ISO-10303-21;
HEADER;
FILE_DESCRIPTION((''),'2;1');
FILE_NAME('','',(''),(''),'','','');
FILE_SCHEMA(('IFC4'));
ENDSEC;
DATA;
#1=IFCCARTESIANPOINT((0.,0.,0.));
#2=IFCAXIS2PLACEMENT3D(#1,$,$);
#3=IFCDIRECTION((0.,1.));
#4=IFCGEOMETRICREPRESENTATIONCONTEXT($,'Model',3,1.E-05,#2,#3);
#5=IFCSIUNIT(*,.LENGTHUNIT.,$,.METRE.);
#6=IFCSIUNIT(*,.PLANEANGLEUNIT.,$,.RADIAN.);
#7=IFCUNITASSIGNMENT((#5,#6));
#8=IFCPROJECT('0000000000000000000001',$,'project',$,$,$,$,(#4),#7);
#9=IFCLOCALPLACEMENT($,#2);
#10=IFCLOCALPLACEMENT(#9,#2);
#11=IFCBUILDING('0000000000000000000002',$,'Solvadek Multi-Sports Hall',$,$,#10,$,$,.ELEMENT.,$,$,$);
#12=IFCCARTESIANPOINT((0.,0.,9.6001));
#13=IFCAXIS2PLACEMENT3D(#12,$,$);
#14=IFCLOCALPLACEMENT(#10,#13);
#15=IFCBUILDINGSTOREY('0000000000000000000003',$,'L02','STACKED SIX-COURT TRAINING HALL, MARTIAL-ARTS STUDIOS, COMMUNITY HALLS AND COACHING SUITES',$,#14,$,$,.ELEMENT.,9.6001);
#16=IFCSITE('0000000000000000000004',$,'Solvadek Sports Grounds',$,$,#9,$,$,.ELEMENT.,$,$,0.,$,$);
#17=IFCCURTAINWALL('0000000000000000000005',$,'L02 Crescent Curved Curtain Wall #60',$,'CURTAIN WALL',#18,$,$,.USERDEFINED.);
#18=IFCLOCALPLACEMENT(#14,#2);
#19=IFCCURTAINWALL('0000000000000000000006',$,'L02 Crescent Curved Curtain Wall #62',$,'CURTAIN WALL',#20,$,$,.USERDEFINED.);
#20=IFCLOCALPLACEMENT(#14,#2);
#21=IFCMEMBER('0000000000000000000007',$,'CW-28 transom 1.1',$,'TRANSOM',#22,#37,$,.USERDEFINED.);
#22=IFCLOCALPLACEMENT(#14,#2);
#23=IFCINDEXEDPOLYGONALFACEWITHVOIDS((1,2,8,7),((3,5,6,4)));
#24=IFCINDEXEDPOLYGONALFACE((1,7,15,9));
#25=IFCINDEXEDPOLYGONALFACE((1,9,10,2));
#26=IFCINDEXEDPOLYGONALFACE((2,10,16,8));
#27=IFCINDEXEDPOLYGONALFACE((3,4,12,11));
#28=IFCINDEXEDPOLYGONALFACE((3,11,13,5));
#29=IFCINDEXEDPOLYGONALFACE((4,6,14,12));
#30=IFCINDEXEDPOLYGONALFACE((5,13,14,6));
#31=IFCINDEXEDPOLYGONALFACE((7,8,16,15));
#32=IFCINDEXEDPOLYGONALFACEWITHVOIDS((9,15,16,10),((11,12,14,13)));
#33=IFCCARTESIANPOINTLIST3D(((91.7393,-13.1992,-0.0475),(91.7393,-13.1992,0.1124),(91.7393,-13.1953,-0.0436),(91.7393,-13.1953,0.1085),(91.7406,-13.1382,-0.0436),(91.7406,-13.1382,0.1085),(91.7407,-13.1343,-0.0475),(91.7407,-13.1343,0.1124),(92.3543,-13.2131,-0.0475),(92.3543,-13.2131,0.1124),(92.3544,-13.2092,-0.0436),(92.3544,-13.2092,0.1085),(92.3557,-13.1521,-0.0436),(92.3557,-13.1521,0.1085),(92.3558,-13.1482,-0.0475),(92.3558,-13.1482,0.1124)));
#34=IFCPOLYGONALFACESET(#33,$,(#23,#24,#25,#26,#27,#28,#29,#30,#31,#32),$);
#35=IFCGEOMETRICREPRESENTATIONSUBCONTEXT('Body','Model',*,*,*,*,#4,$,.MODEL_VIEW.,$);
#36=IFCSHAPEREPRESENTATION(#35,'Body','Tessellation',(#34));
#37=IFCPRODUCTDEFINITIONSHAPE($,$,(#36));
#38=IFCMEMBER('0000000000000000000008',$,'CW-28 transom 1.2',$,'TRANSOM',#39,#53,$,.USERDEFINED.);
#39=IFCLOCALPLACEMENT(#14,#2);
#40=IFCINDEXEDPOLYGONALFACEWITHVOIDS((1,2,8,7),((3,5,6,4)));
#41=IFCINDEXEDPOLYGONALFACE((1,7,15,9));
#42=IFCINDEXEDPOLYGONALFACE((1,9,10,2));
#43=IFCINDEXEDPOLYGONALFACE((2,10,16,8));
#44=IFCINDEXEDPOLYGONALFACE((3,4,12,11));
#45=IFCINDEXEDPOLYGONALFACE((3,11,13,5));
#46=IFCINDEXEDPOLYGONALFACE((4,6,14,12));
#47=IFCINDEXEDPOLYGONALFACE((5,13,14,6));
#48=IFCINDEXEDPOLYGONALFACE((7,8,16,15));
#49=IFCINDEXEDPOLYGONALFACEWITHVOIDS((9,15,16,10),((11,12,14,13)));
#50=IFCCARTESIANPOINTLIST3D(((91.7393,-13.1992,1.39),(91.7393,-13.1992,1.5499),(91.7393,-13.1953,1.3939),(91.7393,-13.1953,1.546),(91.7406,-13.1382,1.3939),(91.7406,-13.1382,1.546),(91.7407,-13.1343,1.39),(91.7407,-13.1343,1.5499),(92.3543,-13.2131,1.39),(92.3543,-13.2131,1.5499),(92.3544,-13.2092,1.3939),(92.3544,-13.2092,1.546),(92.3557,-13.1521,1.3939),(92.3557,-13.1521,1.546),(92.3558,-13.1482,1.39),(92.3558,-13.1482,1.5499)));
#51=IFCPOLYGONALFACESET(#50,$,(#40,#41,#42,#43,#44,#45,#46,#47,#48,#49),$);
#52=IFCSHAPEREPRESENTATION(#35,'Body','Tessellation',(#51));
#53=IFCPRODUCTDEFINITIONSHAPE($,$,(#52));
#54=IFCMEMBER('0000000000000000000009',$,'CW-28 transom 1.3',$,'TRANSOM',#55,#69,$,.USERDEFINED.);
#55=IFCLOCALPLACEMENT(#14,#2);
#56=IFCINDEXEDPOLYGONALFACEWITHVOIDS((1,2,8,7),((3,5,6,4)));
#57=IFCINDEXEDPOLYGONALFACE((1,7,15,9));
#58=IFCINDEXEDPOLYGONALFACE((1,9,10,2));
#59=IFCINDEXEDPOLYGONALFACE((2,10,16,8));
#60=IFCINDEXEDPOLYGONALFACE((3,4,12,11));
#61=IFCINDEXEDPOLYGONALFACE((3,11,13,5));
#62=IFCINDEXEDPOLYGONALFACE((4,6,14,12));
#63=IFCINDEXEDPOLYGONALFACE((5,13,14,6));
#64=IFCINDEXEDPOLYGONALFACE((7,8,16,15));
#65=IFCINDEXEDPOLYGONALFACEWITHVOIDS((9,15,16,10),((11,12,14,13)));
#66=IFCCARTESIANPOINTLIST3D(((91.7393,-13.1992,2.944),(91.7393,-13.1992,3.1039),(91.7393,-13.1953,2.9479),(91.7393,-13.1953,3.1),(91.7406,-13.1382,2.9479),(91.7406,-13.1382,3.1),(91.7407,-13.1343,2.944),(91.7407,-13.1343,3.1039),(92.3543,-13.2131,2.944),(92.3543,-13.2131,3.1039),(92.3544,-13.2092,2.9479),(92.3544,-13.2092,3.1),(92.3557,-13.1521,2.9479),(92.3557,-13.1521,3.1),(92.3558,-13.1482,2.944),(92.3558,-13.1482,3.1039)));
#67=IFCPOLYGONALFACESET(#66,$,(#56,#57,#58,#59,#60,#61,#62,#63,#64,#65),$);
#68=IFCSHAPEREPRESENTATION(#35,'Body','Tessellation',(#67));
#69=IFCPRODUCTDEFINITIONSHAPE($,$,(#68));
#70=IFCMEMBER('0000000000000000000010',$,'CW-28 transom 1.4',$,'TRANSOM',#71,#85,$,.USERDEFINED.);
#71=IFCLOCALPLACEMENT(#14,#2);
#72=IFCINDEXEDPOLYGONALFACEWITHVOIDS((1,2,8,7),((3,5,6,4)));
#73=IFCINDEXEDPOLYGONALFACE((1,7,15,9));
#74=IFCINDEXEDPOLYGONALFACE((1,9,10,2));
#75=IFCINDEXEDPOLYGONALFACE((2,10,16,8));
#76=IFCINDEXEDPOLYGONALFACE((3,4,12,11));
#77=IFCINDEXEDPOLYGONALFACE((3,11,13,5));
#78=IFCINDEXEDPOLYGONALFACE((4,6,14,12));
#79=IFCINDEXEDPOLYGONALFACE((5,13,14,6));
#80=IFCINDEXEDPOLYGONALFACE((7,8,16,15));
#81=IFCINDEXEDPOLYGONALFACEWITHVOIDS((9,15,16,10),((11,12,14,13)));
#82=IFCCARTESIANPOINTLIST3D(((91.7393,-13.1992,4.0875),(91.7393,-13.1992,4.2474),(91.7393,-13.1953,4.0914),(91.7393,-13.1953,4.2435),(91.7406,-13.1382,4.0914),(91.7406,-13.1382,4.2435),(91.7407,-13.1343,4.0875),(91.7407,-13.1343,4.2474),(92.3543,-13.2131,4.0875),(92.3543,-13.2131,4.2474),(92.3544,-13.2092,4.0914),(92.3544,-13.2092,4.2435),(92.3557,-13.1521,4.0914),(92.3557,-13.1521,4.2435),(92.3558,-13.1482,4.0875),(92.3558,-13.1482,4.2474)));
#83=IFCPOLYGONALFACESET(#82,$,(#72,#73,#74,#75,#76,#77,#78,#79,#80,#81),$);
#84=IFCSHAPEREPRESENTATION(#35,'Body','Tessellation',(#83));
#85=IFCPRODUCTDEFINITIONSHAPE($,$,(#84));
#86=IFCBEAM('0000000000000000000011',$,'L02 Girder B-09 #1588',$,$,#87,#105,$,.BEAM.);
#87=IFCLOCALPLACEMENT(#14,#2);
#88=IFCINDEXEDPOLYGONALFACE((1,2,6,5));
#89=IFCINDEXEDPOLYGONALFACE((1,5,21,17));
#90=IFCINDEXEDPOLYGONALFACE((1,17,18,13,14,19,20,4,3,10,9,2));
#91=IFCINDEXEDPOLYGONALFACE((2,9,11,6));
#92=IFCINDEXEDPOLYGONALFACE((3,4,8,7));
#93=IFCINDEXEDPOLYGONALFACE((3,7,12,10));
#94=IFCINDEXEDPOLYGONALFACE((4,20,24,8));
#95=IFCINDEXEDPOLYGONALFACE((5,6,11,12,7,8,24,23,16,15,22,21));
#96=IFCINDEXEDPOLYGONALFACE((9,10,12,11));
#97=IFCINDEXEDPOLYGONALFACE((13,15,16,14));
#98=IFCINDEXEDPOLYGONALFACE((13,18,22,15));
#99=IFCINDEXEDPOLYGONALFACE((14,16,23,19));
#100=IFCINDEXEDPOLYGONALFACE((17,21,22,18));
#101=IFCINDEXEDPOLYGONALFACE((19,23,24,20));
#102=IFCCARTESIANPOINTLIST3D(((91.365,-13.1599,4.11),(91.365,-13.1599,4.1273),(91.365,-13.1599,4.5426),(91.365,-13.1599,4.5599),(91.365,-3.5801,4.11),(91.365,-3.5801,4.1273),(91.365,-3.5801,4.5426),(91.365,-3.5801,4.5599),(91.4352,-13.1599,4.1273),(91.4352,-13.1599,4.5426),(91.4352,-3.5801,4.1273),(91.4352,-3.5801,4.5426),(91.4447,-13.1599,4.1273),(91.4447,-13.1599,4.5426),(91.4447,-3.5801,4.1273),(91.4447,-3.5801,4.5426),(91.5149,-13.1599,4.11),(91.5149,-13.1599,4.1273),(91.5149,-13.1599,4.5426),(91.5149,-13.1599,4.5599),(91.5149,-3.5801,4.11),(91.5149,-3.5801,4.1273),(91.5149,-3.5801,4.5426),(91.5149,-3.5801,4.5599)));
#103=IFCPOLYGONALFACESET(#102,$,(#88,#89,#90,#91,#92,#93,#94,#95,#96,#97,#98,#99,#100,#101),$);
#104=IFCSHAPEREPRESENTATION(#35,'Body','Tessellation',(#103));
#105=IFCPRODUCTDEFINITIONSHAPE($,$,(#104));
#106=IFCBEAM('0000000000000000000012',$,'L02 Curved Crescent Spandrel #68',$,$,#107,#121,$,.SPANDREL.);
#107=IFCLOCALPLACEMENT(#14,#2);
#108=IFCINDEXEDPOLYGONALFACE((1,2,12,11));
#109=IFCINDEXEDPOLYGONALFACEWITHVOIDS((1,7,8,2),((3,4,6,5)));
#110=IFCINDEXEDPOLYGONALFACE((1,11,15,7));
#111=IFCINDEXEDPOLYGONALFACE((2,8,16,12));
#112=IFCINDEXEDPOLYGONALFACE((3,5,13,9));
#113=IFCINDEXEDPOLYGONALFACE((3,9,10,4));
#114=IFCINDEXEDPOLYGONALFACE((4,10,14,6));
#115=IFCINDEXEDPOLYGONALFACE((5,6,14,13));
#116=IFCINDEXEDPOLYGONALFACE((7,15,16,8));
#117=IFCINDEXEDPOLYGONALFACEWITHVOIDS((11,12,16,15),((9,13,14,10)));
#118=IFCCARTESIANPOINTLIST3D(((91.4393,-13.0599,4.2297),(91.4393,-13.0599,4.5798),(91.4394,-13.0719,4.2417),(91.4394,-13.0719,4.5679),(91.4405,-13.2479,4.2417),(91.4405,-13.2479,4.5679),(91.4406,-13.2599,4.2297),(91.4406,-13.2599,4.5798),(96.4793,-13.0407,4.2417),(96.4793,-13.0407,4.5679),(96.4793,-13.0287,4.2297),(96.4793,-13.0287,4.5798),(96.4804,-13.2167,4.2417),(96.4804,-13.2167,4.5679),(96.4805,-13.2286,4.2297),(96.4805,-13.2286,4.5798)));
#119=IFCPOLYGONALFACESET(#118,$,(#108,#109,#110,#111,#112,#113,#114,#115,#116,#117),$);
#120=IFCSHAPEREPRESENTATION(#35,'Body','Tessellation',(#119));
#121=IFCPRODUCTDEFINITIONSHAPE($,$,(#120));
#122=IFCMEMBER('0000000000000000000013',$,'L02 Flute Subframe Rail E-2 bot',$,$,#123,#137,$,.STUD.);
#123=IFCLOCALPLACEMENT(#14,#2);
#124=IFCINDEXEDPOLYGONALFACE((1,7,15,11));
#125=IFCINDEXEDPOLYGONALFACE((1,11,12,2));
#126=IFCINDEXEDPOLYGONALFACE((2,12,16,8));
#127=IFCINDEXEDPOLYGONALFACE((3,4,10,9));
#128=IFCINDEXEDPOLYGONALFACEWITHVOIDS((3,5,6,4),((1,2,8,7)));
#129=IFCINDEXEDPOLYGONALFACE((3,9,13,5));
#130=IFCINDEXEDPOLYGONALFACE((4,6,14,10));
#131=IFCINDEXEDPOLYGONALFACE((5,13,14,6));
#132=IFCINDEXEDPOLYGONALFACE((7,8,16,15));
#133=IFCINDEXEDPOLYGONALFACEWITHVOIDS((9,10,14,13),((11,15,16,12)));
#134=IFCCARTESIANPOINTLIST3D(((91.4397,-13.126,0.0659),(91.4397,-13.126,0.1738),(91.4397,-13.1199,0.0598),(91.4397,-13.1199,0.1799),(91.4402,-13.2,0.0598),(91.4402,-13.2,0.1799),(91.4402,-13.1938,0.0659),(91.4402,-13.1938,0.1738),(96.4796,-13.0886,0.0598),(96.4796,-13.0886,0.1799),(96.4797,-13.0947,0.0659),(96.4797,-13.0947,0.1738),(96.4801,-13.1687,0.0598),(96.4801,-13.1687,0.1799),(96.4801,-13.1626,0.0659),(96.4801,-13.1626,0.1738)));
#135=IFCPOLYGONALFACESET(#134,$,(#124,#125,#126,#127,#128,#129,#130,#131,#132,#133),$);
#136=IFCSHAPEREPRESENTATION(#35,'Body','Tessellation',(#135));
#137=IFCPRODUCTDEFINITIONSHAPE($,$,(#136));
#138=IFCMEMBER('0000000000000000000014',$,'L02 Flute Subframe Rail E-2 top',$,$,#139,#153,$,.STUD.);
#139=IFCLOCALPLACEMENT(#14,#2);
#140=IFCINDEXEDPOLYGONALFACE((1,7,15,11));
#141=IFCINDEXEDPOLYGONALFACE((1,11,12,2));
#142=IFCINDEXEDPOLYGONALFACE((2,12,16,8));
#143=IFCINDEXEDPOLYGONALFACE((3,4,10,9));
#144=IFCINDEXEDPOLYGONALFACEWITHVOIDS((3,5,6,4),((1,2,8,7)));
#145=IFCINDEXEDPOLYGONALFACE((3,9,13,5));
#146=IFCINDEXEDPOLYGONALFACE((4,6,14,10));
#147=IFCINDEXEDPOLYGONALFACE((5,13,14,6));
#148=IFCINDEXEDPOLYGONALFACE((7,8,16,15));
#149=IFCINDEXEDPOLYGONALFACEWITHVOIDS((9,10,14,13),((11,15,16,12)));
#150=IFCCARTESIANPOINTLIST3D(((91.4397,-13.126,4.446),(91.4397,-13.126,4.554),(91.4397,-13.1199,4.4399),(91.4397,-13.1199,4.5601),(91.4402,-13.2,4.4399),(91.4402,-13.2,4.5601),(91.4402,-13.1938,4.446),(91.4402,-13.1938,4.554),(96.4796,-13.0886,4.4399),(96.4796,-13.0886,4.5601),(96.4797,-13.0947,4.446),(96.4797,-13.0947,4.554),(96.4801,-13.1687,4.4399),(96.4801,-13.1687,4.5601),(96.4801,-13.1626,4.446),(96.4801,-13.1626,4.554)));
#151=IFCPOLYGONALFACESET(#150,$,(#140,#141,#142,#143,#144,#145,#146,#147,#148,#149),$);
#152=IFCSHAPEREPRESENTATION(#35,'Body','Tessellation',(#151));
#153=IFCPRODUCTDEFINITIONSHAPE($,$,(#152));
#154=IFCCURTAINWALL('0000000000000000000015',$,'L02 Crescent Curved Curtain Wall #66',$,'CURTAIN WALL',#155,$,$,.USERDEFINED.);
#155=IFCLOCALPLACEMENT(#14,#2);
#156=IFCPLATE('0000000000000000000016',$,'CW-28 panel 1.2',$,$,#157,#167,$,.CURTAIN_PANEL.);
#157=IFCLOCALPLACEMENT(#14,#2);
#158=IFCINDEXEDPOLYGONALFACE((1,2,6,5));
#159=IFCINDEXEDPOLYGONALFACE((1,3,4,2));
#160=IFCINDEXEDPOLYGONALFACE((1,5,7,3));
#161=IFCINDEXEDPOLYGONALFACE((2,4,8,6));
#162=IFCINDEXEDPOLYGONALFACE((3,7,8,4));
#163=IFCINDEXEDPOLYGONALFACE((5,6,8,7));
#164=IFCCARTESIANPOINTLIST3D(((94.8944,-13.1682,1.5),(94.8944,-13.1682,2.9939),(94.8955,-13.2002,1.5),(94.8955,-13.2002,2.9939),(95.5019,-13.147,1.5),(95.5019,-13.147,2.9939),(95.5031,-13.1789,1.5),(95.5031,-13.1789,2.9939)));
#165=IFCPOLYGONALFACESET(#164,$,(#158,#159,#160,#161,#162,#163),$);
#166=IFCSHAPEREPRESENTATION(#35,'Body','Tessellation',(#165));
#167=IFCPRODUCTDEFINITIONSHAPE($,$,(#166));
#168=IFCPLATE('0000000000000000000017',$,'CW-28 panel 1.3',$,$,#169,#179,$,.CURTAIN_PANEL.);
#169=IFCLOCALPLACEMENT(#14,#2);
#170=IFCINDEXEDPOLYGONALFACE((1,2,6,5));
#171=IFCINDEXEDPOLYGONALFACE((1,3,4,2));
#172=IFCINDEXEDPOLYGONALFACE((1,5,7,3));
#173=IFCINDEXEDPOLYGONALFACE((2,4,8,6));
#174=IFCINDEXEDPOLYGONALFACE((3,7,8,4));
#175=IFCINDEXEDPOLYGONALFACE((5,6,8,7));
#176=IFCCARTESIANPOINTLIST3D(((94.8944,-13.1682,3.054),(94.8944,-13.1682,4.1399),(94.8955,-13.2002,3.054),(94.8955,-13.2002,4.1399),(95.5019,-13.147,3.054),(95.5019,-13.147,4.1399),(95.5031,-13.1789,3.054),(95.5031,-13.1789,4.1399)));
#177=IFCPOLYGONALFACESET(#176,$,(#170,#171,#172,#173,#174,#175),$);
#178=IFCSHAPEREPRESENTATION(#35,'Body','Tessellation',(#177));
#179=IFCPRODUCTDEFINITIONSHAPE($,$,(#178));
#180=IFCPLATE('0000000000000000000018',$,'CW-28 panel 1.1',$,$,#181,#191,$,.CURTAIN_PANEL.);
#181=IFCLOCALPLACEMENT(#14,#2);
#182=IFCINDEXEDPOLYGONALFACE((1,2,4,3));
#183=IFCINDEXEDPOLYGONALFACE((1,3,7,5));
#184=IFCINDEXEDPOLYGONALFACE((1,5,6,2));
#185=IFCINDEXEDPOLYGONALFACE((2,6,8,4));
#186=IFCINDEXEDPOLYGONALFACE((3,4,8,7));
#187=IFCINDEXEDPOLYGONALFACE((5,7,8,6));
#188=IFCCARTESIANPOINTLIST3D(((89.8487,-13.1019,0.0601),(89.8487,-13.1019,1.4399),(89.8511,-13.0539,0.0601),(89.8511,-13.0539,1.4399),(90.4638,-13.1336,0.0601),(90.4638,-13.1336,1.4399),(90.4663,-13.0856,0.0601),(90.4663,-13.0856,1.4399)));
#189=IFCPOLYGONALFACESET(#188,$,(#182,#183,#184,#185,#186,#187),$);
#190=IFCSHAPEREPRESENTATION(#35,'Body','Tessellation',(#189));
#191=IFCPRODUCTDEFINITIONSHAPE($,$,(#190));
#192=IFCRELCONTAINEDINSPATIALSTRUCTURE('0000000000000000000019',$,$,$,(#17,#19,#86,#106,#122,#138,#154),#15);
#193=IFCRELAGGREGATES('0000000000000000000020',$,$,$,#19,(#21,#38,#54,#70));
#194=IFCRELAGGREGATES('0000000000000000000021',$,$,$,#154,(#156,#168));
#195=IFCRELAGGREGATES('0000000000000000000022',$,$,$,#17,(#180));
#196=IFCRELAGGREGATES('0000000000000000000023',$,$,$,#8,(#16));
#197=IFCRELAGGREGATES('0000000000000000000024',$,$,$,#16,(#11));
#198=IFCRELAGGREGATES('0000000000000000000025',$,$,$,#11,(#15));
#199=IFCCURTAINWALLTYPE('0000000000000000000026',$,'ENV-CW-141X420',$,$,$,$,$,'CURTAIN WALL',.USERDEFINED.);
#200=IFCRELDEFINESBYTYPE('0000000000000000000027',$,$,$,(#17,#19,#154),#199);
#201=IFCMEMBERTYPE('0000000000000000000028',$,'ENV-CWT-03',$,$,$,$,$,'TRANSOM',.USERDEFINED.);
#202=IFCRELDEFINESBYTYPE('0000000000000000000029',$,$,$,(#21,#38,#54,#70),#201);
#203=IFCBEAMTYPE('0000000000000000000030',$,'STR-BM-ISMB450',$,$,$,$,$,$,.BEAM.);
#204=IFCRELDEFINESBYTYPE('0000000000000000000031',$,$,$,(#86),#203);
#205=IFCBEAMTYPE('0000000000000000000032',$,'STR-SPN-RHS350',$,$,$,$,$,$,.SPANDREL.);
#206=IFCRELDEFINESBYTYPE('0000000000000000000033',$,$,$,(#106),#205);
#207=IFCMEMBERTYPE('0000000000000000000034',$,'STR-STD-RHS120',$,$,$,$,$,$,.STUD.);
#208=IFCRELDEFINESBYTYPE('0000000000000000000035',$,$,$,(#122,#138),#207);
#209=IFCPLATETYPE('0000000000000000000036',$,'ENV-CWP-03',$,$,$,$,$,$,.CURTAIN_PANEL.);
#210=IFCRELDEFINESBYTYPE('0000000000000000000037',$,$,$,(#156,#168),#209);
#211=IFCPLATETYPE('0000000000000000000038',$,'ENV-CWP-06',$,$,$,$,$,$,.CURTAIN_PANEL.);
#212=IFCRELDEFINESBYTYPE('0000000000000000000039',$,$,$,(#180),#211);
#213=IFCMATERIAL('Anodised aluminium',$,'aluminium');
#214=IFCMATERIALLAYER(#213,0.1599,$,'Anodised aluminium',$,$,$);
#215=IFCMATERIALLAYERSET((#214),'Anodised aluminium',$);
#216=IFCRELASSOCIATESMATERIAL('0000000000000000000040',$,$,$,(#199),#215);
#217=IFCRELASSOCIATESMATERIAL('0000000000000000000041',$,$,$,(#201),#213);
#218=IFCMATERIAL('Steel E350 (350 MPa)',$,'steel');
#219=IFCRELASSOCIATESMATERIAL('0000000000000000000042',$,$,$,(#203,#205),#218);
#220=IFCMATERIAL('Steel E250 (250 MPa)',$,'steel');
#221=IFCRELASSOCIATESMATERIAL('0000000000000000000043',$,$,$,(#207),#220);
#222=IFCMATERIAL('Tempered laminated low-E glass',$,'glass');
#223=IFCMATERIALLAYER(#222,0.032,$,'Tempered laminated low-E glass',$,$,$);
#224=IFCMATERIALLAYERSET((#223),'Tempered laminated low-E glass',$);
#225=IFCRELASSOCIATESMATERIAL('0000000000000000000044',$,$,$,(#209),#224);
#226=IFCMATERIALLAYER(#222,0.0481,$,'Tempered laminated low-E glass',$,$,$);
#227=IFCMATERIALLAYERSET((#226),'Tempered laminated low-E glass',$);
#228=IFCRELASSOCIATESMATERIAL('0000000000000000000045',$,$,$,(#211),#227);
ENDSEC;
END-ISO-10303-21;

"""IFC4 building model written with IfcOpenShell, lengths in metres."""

from ifc_helpers import new_model, si_unit, direction, frame, origin, origin_2d, place, context, subcontext, project, spatial, rectangle, hollow_rectangle, i_section, extrude, material, layer, layer_set, material_profile, profile_set, type_object, element, aggregate, save


model = new_model("IFC4")

# Units and contexts
model_context = context("Model", 3, precision=1e-05, world=origin(), true_north=direction((0.0, 1.0)))
body_context = subcontext(model_context, "Body", "Model", "MODEL_VIEW")
ifc_project = project(units=[si_unit("LENGTHUNIT", "METRE"), si_unit("PLANEANGLEUNIT", "RADIAN")], contexts=[model_context])

# Site, building, storey
site_placement = place(None, origin())
site = spatial("IfcSite", under=ifc_project, at=site_placement, Name="Solvadek Sports Grounds", CompositionType="ELEMENT", RefElevation=0.0)
building_placement = place(site_placement, origin())
building = spatial("IfcBuilding", under=site, at=building_placement, Name="Solvadek Multi-Sports Hall", CompositionType="ELEMENT")
storey_placement = place(building_placement, frame((0.0, 0.0, 9.6001)))
storey = spatial("IfcBuildingStorey", under=building, at=storey_placement, Name="L02", Description="STACKED SIX-COURT TRAINING HALL, MARTIAL-ARTS STUDIOS, COMMUNITY HALLS AND COACHING SUITES", CompositionType="ELEMENT", Elevation=9.6001)

# Shared definitions
ifc_material_1 = material(Name="Steel E350 (350 MPa)", Category="steel")

# Curtain wall
ifc_material_2 = material(Name="Anodised aluminium", Category="aluminium")
ifc_layer_1 = layer(ifc_material_2, 0.1599, Name="Anodised aluminium")
ifc_layer_set_1 = layer_set([ifc_layer_1], Name="Anodised aluminium")
curtain_wall_type = type_object("IfcCurtainWallType", Name="ENV-CW-141X420", ElementType="CURTAIN WALL", PredefinedType="USERDEFINED", material=ifc_layer_set_1)
curtain_wall_1_placement = place(storey_placement, origin())
curtain_wall_1 = element("IfcCurtainWall", 1, at=curtain_wall_1_placement, inside=storey, type_object=curtain_wall_type, Name="L02 Crescent Curved Curtain Wall #60", ObjectType="CURTAIN WALL", PredefinedType="USERDEFINED")

# Curtain wall
curtain_wall_2_placement = place(storey_placement, origin())
curtain_wall_2 = element("IfcCurtainWall", 2, at=curtain_wall_2_placement, inside=storey, type_object=curtain_wall_type, Name="L02 Crescent Curved Curtain Wall #62", ObjectType="CURTAIN WALL", PredefinedType="USERDEFINED")

# Members
ifc_material_profile_1 = material_profile(ifc_material_2, hollow_rectangle(XDim=0.0649, YDim=0.1599, WallThickness=0.0039, at=origin_2d()), Name="ALU-T 160x65x4")
ifc_profile_set_1 = profile_set([ifc_material_profile_1], Name="Anodised aluminium")
member_type_1 = type_object("IfcMemberType", Name="ENV-CWT-03", ElementType="TRANSOM", PredefinedType="USERDEFINED", material=ifc_profile_set_1)
member_1_placement = place(storey_placement, frame((91.74, -13.1667, 0.0325), z_axis=(0.999744, -0.022622, 0.0), x_axis=(0.022622, 0.999744, 0.0)))
member_1 = element("IfcMember", 3, at=member_1_placement, type_object=member_type_1, Name="CW-28 transom 1.1", ObjectType="TRANSOM", PredefinedType="USERDEFINED", context=body_context, shape_type="SweptSolid", body=[
    extrude(hollow_rectangle(XDim=0.0649, YDim=0.1599, WallThickness=0.0039, at=origin_2d()), origin(), (0.0, 0.0, 1.0), 0.6152),
])
member_2_placement = place(storey_placement, frame((91.74, -13.1667, 1.47), z_axis=(0.999744, -0.022622, 0.0), x_axis=(0.022622, 0.999744, 0.0)))
member_2 = element("IfcMember", 4, at=member_2_placement, type_object=member_type_1, Name="CW-28 transom 1.2", ObjectType="TRANSOM", PredefinedType="USERDEFINED", context=body_context, shape_type="SweptSolid", body=[
    extrude(hollow_rectangle(XDim=0.0649, YDim=0.1599, WallThickness=0.0039, at=origin_2d()), origin(), (0.0, 0.0, 1.0), 0.6152),
])
member_3_placement = place(storey_placement, frame((91.74, -13.1667, 3.0239), z_axis=(0.999744, -0.022622, 0.0), x_axis=(0.022622, 0.999744, 0.0)))
member_3 = element("IfcMember", 5, at=member_3_placement, type_object=member_type_1, Name="CW-28 transom 1.3", ObjectType="TRANSOM", PredefinedType="USERDEFINED", context=body_context, shape_type="SweptSolid", body=[
    extrude(hollow_rectangle(XDim=0.0649, YDim=0.1599, WallThickness=0.0039, at=origin_2d()), origin(), (0.0, 0.0, 1.0), 0.6152),
])
member_4_placement = place(storey_placement, frame((91.74, -13.1667, 4.1675), z_axis=(0.999744, -0.022622, 0.0), x_axis=(0.022622, 0.999744, 0.0)))
member_4 = element("IfcMember", 6, at=member_4_placement, type_object=member_type_1, Name="CW-28 transom 1.4", ObjectType="TRANSOM", PredefinedType="USERDEFINED", context=body_context, shape_type="SweptSolid", body=[
    extrude(hollow_rectangle(XDim=0.0649, YDim=0.1599, WallThickness=0.0039, at=origin_2d()), origin(), (0.0, 0.0, 1.0), 0.6152),
])
aggregate(curtain_wall_2, [member_1, member_2, member_3, member_4])

# Beams
ifc_material_profile_2 = material_profile(ifc_material_1, i_section(OverallWidth=0.1499, OverallDepth=0.45, WebThickness=0.0095, FlangeThickness=0.0173, at=origin_2d()), Name="ISMB 450")
ifc_profile_set_2 = profile_set([ifc_material_profile_2], Name="Steel E350 (350 MPa)")
beam_type_1 = type_object("IfcBeamType", Name="STR-BM-ISMB450", PredefinedType="BEAM", material=ifc_profile_set_2)
beam_1_placement = place(storey_placement, frame((91.4399, -13.1599, 4.335), z_axis=(0.0, 1.0, 0.0), x_axis=(-1.0, 0.0, 0.0)))
element("IfcBeam", 7, at=beam_1_placement, inside=storey, type_object=beam_type_1, Name="L02 Girder B-09 #1588", PredefinedType="BEAM", context=body_context, shape_type="SweptSolid", body=[
    extrude(i_section(OverallWidth=0.1499, OverallDepth=0.45, WebThickness=0.0095, FlangeThickness=0.0173, at=origin_2d()), origin(), (0.0, 0.0, 1.0), 9.5798),
])
ifc_material_profile_3 = material_profile(ifc_material_1, hollow_rectangle(XDim=0.2, YDim=0.3501, WallThickness=0.012, at=origin_2d()), Name="RHS 350x200x12")
ifc_profile_set_3 = profile_set([ifc_material_profile_3], Name="Steel E350 (350 MPa)")
beam_type_2 = type_object("IfcBeamType", Name="STR-SPN-RHS350", PredefinedType="SPANDREL", material=ifc_profile_set_3)
beam_2_placement = place(storey_placement, frame((91.4399, -13.1599, 4.4048), z_axis=(0.999981, 0.0062, 0.0), x_axis=(-0.0062, 0.999981, 0.0)))
element("IfcBeam", 8, at=beam_2_placement, inside=storey, type_object=beam_type_2, Name="L02 Curved Crescent Spandrel #68", PredefinedType="SPANDREL", context=body_context, shape_type="SweptSolid", body=[
    extrude(hollow_rectangle(XDim=0.2, YDim=0.3501, WallThickness=0.012, at=origin_2d()), origin(), (0.0, 0.0, 1.0), 5.04),
])

# Members
ifc_material_3 = material(Name="Steel E250 (250 MPa)", Category="steel")
ifc_material_profile_4 = material_profile(ifc_material_3, hollow_rectangle(XDim=0.0801, YDim=0.1201, WallThickness=0.0061, at=origin_2d()), Name="RHS 120x80x6")
ifc_profile_set_4 = profile_set([ifc_material_profile_4], Name="Steel E250 (250 MPa)")
member_type_2 = type_object("IfcMemberType", Name="STR-STD-RHS120", PredefinedType="STUD", material=ifc_profile_set_4)
for number, where, z_axis, x_axis, name in (
    (9, (91.4399, -13.1599, 0.1199), (0.999981, 0.0062, 0.0), (-0.0062, 0.999981, 0.0), "L02 Flute Subframe Rail E-2 bot"),
    (10, (91.4399, -13.1599, 4.5), (0.999981, 0.0062, 0.0), (-0.0062, 0.999981, 0.0), "L02 Flute Subframe Rail E-2 top"),
):
    element("IfcMember", number, at=place(storey_placement, frame(where, z_axis=z_axis, x_axis=x_axis)), inside=storey, type_object=member_type_2, Name=name, PredefinedType="STUD", context=body_context, shape_type="SweptSolid", body=[
        extrude(hollow_rectangle(XDim=0.0801, YDim=0.1201, WallThickness=0.0061, at=origin_2d()), origin(), (0.0, 0.0, 1.0), 5.04),
    ])

# Curtain wall, plates
curtain_wall_3_placement = place(storey_placement, origin())
curtain_wall_3 = element("IfcCurtainWall", 11, at=curtain_wall_3_placement, inside=storey, type_object=curtain_wall_type, Name="L02 Crescent Curved Curtain Wall #66", ObjectType="CURTAIN WALL", PredefinedType="USERDEFINED")
ifc_material_4 = material(Name="Tempered laminated low-E glass", Category="glass")
ifc_layer_2 = layer(ifc_material_4, 0.032, Name="Tempered laminated low-E glass")
ifc_layer_set_2 = layer_set([ifc_layer_2], Name="Tempered laminated low-E glass")
plate_type_1 = type_object("IfcPlateType", Name="ENV-CWP-03", PredefinedType="CURTAIN_PANEL", material=ifc_layer_set_2)
plate_1_placement = place(storey_placement, frame((95.1987, -13.1736, 1.5), z_axis=(0.0, 0.0, 1.0), x_axis=(0.999387, 0.035011, 0.0)))
plate_1 = element("IfcPlate", 12, at=plate_1_placement, type_object=plate_type_1, Name="CW-28 panel 1.2", PredefinedType="CURTAIN_PANEL", context=body_context, shape_type="SweptSolid", body=[
    extrude(rectangle(XDim=0.6079, YDim=0.032, at=origin_2d()), origin(), (0.0, 0.0, 1.0), 1.4939),
])
plate_2_placement = place(storey_placement, frame((95.1987, -13.1736, 3.054), z_axis=(0.0, 0.0, 1.0), x_axis=(0.999387, 0.035011, 0.0)))
plate_2 = element("IfcPlate", 13, at=plate_2_placement, type_object=plate_type_1, Name="CW-28 panel 1.3", PredefinedType="CURTAIN_PANEL", context=body_context, shape_type="SweptSolid", body=[
    extrude(rectangle(XDim=0.6079, YDim=0.032, at=origin_2d()), origin(), (0.0, 0.0, 1.0), 1.0859),
])
aggregate(curtain_wall_3, [plate_1, plate_2])

# Plate
ifc_layer_3 = layer(ifc_material_4, 0.0481, Name="Tempered laminated low-E glass")
ifc_layer_set_3 = layer_set([ifc_layer_3], Name="Tempered laminated low-E glass")
plate_type_2 = type_object("IfcPlateType", Name="ENV-CWP-06", PredefinedType="CURTAIN_PANEL", material=ifc_layer_set_3)
plate_3_placement = place(storey_placement, frame((90.1575, -13.0938, 0.0601), z_axis=(0.0, 0.0, 1.0), x_axis=(0.99867, -0.051552, 0.0)))
plate_3 = element("IfcPlate", 14, at=plate_3_placement, type_object=plate_type_2, Name="CW-28 panel 1.1", PredefinedType="CURTAIN_PANEL", context=body_context, shape_type="SweptSolid", body=[
    extrude(rectangle(XDim=0.616, YDim=0.0481, at=origin_2d()), origin(), (0.0, 0.0, 1.0), 1.3799),
])
aggregate(curtain_wall_1, [plate_3])

save(model, "model.ifc")
